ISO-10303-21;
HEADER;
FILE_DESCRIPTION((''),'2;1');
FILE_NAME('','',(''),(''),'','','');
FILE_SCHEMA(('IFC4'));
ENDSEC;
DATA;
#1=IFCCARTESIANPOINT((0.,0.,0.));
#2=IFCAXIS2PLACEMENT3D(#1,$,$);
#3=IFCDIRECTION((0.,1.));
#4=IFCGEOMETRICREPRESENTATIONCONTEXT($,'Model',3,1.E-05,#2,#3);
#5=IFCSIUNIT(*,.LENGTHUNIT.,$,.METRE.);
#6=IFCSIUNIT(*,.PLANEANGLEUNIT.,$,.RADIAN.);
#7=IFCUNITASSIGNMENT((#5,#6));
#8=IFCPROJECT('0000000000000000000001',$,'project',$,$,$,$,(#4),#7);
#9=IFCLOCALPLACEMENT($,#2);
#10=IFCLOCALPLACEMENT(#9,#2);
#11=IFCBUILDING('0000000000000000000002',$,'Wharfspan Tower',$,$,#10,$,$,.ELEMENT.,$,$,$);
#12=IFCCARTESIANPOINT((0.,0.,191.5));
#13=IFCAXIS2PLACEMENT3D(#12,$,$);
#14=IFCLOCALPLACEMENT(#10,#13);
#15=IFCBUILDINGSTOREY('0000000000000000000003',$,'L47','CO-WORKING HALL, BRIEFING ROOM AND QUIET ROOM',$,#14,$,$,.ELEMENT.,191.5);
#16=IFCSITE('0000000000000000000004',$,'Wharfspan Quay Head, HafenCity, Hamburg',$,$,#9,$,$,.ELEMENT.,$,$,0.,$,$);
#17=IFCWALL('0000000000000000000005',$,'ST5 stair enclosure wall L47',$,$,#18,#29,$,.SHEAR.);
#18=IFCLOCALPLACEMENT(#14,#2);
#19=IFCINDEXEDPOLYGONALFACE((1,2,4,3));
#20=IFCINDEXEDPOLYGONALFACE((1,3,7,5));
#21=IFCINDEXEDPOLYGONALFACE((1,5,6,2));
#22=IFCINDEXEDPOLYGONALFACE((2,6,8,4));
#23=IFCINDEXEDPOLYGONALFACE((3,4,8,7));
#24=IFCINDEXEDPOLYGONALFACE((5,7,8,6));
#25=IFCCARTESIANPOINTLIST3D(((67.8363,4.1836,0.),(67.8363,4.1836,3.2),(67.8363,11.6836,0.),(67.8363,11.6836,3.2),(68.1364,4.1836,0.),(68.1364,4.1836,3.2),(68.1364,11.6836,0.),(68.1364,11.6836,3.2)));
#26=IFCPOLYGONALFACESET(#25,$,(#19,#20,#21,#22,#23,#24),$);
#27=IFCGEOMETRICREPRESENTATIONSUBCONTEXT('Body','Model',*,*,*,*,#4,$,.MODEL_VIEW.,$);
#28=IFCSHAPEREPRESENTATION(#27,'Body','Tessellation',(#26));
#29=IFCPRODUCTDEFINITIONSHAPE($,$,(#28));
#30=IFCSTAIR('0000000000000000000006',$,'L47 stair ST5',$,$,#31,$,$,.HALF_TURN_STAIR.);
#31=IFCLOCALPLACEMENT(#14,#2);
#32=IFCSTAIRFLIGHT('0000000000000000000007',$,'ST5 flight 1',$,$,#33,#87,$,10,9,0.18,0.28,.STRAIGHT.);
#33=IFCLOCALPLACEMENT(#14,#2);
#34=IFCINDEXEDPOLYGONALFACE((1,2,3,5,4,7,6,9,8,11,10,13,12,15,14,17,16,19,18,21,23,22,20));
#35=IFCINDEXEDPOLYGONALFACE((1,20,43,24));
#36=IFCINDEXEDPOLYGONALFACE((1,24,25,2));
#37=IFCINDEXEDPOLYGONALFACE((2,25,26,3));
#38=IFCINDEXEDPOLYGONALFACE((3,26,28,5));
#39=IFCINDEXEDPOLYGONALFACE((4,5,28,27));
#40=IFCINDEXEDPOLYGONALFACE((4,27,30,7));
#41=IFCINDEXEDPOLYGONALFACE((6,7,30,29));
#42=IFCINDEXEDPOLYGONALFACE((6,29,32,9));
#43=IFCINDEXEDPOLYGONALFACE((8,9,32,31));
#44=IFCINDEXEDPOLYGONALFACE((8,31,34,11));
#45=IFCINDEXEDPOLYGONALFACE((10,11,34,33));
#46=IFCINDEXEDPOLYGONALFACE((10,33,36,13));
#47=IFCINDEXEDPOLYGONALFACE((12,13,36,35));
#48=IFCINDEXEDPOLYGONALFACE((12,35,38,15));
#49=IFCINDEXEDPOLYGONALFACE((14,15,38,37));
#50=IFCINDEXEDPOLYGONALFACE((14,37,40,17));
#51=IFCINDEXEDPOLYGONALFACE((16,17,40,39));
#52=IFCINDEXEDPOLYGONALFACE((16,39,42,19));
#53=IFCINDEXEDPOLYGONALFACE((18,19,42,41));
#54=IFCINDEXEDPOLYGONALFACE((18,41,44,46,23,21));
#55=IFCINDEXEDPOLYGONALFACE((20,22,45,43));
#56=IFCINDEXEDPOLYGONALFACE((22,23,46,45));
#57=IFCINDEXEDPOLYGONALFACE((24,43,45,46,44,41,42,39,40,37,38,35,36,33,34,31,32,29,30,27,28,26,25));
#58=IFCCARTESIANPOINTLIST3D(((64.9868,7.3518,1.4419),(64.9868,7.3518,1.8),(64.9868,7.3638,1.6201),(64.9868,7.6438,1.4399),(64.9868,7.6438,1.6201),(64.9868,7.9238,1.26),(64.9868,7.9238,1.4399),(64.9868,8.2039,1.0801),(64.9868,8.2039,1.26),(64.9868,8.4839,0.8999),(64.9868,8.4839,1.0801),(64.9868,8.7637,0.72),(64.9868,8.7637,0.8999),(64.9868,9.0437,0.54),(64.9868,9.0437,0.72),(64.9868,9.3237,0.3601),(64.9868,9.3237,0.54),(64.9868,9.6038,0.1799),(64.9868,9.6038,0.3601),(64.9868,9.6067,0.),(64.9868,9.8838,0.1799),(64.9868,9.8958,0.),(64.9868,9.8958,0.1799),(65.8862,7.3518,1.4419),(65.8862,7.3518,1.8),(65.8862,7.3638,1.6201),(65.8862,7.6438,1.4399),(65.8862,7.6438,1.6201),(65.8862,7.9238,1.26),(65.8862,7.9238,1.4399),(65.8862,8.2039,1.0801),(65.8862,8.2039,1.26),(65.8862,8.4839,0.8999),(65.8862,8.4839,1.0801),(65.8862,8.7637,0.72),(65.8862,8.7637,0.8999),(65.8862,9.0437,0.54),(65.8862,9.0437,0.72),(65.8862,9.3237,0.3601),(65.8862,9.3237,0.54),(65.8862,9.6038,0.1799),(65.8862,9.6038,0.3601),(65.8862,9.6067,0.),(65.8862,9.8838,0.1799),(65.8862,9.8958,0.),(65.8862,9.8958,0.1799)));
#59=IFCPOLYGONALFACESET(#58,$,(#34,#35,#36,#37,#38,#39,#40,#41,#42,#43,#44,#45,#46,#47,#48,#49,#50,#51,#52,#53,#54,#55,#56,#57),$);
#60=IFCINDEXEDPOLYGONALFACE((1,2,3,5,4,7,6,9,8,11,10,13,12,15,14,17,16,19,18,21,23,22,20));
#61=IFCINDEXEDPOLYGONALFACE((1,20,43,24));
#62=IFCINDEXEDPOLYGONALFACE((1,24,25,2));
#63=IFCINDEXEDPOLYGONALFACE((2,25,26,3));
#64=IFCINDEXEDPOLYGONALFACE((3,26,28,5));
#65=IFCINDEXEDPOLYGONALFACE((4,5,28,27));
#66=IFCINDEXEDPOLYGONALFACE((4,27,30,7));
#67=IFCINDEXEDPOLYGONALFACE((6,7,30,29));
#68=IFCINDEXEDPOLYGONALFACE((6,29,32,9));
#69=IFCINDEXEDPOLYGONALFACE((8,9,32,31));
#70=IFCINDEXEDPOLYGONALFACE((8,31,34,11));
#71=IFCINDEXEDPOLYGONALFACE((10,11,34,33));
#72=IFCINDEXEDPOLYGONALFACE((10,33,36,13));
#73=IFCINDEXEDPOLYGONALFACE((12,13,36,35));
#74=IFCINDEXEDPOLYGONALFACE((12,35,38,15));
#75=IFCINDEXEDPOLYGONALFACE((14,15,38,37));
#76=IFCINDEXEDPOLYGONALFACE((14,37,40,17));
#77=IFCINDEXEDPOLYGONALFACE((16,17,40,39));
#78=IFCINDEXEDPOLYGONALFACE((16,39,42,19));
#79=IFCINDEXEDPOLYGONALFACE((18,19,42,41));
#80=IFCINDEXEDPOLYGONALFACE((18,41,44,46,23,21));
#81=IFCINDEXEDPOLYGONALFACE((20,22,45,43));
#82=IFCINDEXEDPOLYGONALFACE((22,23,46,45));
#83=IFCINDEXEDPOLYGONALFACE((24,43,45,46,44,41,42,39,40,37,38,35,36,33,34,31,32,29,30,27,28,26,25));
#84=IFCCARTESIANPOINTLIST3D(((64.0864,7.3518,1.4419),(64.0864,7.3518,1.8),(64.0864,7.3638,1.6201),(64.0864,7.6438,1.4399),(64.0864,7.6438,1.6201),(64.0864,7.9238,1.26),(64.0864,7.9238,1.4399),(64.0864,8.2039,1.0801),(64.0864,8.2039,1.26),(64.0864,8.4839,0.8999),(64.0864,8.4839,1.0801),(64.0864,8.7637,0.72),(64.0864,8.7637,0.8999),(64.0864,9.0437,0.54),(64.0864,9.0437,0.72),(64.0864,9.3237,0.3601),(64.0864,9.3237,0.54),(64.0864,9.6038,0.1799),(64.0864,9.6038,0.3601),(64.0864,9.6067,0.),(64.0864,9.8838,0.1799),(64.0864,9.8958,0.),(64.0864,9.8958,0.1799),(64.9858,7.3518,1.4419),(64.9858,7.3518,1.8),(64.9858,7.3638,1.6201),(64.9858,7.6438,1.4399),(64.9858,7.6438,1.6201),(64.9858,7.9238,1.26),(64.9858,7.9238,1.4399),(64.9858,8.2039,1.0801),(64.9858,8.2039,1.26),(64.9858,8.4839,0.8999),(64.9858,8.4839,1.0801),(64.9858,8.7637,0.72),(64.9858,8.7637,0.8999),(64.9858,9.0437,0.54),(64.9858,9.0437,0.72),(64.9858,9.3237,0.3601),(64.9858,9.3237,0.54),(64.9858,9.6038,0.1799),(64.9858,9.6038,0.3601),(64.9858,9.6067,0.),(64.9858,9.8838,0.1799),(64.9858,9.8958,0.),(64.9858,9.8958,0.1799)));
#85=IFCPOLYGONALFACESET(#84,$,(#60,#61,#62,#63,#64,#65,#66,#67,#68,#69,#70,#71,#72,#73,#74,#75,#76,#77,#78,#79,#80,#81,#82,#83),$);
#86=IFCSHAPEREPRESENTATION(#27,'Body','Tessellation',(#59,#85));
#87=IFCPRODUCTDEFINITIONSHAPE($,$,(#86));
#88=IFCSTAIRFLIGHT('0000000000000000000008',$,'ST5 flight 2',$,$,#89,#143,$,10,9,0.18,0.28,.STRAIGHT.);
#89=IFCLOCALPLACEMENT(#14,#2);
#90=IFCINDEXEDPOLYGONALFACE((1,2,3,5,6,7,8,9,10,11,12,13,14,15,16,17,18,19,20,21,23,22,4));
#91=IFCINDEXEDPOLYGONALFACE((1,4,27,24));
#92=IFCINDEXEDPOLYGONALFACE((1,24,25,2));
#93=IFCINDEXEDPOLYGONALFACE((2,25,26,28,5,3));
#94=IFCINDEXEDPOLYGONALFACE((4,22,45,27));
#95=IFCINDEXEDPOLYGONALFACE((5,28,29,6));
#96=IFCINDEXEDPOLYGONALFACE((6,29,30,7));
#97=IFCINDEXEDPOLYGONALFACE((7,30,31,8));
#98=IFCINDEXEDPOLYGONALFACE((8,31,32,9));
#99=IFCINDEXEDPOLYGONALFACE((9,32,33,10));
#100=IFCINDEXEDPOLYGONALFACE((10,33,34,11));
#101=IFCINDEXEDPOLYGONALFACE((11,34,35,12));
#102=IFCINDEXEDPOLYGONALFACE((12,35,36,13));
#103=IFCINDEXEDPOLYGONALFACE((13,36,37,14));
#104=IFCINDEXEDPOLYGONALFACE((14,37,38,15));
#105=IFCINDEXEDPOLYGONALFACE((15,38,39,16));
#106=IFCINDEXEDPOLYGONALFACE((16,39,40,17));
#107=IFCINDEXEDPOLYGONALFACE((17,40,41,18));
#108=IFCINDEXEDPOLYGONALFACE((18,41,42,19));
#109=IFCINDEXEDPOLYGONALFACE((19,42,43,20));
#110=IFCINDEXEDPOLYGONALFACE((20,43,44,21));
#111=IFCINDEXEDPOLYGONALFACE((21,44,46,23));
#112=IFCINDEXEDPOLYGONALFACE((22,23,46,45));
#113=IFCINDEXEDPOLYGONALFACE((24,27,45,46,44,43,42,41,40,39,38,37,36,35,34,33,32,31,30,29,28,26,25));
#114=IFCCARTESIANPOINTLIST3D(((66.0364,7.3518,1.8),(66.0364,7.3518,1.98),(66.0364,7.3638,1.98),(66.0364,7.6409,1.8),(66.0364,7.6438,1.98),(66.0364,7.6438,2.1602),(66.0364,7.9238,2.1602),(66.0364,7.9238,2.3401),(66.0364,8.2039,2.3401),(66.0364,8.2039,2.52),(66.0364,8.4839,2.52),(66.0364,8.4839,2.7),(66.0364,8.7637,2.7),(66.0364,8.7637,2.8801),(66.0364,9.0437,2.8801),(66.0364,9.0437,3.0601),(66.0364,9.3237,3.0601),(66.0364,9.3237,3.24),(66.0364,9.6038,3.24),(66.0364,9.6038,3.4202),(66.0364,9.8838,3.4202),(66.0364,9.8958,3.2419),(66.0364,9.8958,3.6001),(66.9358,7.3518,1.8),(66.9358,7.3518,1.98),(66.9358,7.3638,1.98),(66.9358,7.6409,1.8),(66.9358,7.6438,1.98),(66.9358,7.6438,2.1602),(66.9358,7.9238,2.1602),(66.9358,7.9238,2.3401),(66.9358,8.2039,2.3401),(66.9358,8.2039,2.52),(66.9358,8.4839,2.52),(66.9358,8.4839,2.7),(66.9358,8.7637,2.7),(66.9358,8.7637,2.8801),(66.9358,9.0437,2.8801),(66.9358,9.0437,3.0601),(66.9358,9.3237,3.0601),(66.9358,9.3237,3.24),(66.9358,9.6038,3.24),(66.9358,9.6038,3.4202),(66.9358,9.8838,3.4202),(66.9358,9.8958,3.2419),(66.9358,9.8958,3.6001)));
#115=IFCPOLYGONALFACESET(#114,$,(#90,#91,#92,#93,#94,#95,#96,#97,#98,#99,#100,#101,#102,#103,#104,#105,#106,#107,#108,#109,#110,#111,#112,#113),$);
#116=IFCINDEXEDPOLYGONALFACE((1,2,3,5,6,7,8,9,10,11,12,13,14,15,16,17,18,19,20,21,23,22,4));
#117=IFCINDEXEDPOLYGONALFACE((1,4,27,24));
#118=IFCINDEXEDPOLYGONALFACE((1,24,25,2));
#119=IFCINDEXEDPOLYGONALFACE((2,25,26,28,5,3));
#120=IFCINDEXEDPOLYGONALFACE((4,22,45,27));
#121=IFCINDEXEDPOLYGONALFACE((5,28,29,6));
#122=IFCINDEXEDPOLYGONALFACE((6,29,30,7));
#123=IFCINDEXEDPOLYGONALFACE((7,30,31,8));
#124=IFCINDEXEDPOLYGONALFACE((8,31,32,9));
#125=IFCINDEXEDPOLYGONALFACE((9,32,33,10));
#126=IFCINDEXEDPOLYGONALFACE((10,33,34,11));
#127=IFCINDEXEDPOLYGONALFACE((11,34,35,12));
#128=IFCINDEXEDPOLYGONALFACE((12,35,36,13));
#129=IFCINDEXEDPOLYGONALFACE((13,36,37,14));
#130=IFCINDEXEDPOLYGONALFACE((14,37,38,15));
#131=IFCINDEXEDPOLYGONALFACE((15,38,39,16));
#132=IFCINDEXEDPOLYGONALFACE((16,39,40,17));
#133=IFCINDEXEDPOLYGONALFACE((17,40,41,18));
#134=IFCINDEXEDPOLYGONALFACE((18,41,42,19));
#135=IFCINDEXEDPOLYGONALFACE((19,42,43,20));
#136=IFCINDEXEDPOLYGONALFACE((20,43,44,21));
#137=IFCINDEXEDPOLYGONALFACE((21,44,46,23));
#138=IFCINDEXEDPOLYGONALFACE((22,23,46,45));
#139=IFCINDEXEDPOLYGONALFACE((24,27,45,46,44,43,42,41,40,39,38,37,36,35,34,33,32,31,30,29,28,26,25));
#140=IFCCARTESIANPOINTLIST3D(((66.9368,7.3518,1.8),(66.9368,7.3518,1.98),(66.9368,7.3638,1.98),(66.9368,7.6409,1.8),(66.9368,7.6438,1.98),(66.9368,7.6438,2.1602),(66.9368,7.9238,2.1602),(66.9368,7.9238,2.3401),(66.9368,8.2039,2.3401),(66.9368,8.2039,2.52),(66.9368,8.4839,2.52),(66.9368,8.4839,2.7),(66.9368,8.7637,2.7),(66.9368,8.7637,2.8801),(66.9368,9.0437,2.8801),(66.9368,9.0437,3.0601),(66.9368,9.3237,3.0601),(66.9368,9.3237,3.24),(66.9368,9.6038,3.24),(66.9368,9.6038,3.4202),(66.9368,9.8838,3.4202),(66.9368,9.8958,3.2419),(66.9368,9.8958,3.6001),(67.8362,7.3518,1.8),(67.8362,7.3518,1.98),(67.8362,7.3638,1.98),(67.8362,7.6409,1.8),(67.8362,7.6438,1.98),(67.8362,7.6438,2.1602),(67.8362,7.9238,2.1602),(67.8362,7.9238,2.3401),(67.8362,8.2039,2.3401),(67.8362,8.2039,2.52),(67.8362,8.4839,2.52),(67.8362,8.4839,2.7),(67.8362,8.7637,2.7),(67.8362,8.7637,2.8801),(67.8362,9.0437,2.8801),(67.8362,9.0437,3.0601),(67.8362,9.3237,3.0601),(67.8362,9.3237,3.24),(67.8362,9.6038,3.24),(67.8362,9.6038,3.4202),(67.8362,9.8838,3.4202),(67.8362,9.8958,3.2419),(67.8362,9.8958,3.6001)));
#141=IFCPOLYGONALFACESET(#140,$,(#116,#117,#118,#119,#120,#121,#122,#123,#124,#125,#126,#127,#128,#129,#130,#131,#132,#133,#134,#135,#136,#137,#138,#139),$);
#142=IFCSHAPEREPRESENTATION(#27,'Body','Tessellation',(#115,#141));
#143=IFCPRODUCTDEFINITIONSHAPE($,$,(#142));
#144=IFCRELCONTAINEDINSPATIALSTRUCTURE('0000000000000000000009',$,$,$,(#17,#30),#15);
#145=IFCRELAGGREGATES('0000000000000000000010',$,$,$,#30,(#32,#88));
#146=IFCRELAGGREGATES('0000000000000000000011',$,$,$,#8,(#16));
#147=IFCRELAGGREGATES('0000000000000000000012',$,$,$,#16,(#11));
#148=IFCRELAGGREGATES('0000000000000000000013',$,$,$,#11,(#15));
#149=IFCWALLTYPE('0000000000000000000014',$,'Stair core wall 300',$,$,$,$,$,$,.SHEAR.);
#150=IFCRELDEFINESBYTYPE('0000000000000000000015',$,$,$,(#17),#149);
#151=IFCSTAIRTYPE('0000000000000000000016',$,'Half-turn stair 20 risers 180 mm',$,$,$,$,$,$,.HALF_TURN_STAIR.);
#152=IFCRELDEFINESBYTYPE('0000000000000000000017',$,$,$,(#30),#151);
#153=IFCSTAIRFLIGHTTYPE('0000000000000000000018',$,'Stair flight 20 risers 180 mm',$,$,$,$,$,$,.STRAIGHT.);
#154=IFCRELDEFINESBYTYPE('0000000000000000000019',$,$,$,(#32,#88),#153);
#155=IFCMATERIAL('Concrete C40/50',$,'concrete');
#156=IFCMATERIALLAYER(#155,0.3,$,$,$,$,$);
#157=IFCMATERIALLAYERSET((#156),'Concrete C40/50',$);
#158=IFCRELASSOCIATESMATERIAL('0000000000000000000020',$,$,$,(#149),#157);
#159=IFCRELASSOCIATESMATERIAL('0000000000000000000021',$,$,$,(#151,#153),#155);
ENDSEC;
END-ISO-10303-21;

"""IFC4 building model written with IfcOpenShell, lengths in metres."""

from ifc_helpers import new_model, si_unit, direction, frame, frame_2d, origin, place, context, subcontext, project, spatial, polyline, rectangle, outline, extrude, material, layer, layer_set, type_object, element, aggregate, save


model = new_model("IFC4")

# Units and contexts
model_context = context("Model", 3, precision=1e-05, world=origin(), true_north=direction((0.0, 1.0)))
body_context = subcontext(model_context, "Body", "Model", "MODEL_VIEW")
ifc_project = project(units=[si_unit("LENGTHUNIT", "METRE"), si_unit("PLANEANGLEUNIT", "RADIAN")], contexts=[model_context])

# Site, building, storey
site_placement = place(None, origin())
site = spatial("IfcSite", under=ifc_project, at=site_placement, Name="Wharfspan Quay Head, HafenCity, Hamburg", CompositionType="ELEMENT", RefElevation=0.0)
building_placement = place(site_placement, origin())
building = spatial("IfcBuilding", under=site, at=building_placement, Name="Wharfspan Tower", CompositionType="ELEMENT")
storey_placement = place(building_placement, frame((0.0, 0.0, 191.5)))
storey = spatial("IfcBuildingStorey", under=building, at=storey_placement, Name="L47", Description="CO-WORKING HALL, BRIEFING ROOM AND QUIET ROOM", CompositionType="ELEMENT", Elevation=191.5)

# Wall
ifc_material_1 = material(Name="Concrete C40/50", Category="concrete")
ifc_layer_1 = layer(ifc_material_1, 0.3)
ifc_layer_set_1 = layer_set([ifc_layer_1], Name="Concrete C40/50")
wall_type_1 = type_object("IfcWallType", Name="Stair core wall 300", PredefinedType="SHEAR", material=ifc_layer_set_1)
wall_1_placement = place(storey_placement, frame((67.9863, 4.1836, 0.0), z_axis=(0.0, 0.0, 1.0), x_axis=(0.0, 1.0, 0.0)))
element("IfcWall", 1, at=wall_1_placement, inside=storey, type_object=wall_type_1, Name="ST5 stair enclosure wall L47", PredefinedType="SHEAR", context=body_context, shape_type="SweptSolid", body=[
    extrude(rectangle(XDim=7.5, YDim=0.3, at=frame_2d((3.75, 0.0))), origin(), (0.0, 0.0, 1.0), 3.2),
])

# Stair, stair flights
stair_type = type_object("IfcStairType", Name="Half-turn stair 20 risers 180 mm", PredefinedType="HALF_TURN_STAIR", material=ifc_material_1)
stair_placement = place(storey_placement, origin())
stair = element("IfcStair", 2, at=stair_placement, inside=storey, type_object=stair_type, Name="L47 stair ST5", PredefinedType="HALF_TURN_STAIR")
stair_flight_type = type_object("IfcStairFlightType", Name="Stair flight 20 risers 180 mm", PredefinedType="STRAIGHT", material=ifc_material_1)
stair_flight_1_placement = place(storey_placement, frame((64.9863, 9.8838, 0.0), z_axis=(0.0, 0.0, 1.0), x_axis=(0.0, -1.0, 0.0)))
stair_flight_1 = element("IfcStairFlight", 3, at=stair_flight_1_placement, type_object=stair_flight_type, Name="ST5 flight 1", NumberOfRisers=10, NumberOfTreads=9, PredefinedType="STRAIGHT", RiserHeight=0.18, TreadLength=0.28, context=body_context, shape_type="SweptSolid", body=[
    extrude(outline(polyline([(-0.012, 0.0), (-0.012, 0.1799), (0.0, 0.1799), (0.28, 0.1799), (0.28, 0.3601), (0.5601, 0.3601), (0.5601, 0.54), (0.8401, 0.54), (0.8401, 0.72), (1.1201, 0.72), (1.1201, 0.8999), (1.3999, 0.8999), (1.3999, 1.0801), (1.6799, 1.0801), (1.6799, 1.26), (1.96, 1.26), (1.96, 1.4399), (2.24, 1.4399), (2.24, 1.6201), (2.52, 1.6201), (2.532, 1.8), (2.532, 1.4419), (0.2771, 0.0), (-0.012, 0.0)])), frame((0.0, 0.8999, 0.0), z_axis=(0.0, -1.0, 0.0), x_axis=(1.0, 0.0, 0.0)), (0.0, 0.0, 1.0), 0.8994),
    extrude(outline(polyline([(-0.012, 0.0), (-0.012, 0.1799), (0.0, 0.1799), (0.28, 0.1799), (0.28, 0.3601), (0.5601, 0.3601), (0.5601, 0.54), (0.8401, 0.54), (0.8401, 0.72), (1.1201, 0.72), (1.1201, 0.8999), (1.3999, 0.8999), (1.3999, 1.0801), (1.6799, 1.0801), (1.6799, 1.26), (1.96, 1.26), (1.96, 1.4399), (2.24, 1.4399), (2.24, 1.6201), (2.52, 1.6201), (2.532, 1.8), (2.532, 1.4419), (0.2771, 0.0), (-0.012, 0.0)])), frame((0.0, -0.0005, 0.0), z_axis=(0.0, -1.0, 0.0), x_axis=(1.0, 0.0, 0.0)), (0.0, 0.0, 1.0), 0.8994),
])
stair_flight_2_placement = place(storey_placement, frame((66.9363, 7.3638, 1.8), z_axis=(0.0, 0.0, 1.0), x_axis=(0.0, 1.0, 0.0)))
stair_flight_2 = element("IfcStairFlight", 4, at=stair_flight_2_placement, type_object=stair_flight_type, Name="ST5 flight 2", NumberOfRisers=10, NumberOfTreads=9, PredefinedType="STRAIGHT", RiserHeight=0.18, TreadLength=0.28, context=body_context, shape_type="SweptSolid", body=[
    extrude(outline(polyline([(-0.012, 0.0), (-0.012, 0.1799), (0.0, 0.1799), (0.28, 0.1799), (0.28, 0.3601), (0.5601, 0.3601), (0.5601, 0.54), (0.8401, 0.54), (0.8401, 0.72), (1.1201, 0.72), (1.1201, 0.8999), (1.3999, 0.8999), (1.3999, 1.0801), (1.6799, 1.0801), (1.6799, 1.26), (1.96, 1.26), (1.96, 1.4399), (2.24, 1.4399), (2.24, 1.6201), (2.52, 1.6201), (2.532, 1.8), (2.532, 1.4419), (0.2771, 0.0), (-0.012, 0.0)])), frame((0.0, 0.8999, 0.0), z_axis=(0.0, -1.0, 0.0), x_axis=(1.0, 0.0, 0.0)), (0.0, 0.0, 1.0), 0.8994),
    extrude(outline(polyline([(-0.012, 0.0), (-0.012, 0.1799), (0.0, 0.1799), (0.28, 0.1799), (0.28, 0.3601), (0.5601, 0.3601), (0.5601, 0.54), (0.8401, 0.54), (0.8401, 0.72), (1.1201, 0.72), (1.1201, 0.8999), (1.3999, 0.8999), (1.3999, 1.0801), (1.6799, 1.0801), (1.6799, 1.26), (1.96, 1.26), (1.96, 1.4399), (2.24, 1.4399), (2.24, 1.6201), (2.52, 1.6201), (2.532, 1.8), (2.532, 1.4419), (0.2771, 0.0), (-0.012, 0.0)])), frame((0.0, -0.0005, 0.0), z_axis=(0.0, -1.0, 0.0), x_axis=(1.0, 0.0, 0.0)), (0.0, 0.0, 1.0), 0.8994),
])
aggregate(stair, [stair_flight_1, stair_flight_2])

save(model, "model.ifc")
